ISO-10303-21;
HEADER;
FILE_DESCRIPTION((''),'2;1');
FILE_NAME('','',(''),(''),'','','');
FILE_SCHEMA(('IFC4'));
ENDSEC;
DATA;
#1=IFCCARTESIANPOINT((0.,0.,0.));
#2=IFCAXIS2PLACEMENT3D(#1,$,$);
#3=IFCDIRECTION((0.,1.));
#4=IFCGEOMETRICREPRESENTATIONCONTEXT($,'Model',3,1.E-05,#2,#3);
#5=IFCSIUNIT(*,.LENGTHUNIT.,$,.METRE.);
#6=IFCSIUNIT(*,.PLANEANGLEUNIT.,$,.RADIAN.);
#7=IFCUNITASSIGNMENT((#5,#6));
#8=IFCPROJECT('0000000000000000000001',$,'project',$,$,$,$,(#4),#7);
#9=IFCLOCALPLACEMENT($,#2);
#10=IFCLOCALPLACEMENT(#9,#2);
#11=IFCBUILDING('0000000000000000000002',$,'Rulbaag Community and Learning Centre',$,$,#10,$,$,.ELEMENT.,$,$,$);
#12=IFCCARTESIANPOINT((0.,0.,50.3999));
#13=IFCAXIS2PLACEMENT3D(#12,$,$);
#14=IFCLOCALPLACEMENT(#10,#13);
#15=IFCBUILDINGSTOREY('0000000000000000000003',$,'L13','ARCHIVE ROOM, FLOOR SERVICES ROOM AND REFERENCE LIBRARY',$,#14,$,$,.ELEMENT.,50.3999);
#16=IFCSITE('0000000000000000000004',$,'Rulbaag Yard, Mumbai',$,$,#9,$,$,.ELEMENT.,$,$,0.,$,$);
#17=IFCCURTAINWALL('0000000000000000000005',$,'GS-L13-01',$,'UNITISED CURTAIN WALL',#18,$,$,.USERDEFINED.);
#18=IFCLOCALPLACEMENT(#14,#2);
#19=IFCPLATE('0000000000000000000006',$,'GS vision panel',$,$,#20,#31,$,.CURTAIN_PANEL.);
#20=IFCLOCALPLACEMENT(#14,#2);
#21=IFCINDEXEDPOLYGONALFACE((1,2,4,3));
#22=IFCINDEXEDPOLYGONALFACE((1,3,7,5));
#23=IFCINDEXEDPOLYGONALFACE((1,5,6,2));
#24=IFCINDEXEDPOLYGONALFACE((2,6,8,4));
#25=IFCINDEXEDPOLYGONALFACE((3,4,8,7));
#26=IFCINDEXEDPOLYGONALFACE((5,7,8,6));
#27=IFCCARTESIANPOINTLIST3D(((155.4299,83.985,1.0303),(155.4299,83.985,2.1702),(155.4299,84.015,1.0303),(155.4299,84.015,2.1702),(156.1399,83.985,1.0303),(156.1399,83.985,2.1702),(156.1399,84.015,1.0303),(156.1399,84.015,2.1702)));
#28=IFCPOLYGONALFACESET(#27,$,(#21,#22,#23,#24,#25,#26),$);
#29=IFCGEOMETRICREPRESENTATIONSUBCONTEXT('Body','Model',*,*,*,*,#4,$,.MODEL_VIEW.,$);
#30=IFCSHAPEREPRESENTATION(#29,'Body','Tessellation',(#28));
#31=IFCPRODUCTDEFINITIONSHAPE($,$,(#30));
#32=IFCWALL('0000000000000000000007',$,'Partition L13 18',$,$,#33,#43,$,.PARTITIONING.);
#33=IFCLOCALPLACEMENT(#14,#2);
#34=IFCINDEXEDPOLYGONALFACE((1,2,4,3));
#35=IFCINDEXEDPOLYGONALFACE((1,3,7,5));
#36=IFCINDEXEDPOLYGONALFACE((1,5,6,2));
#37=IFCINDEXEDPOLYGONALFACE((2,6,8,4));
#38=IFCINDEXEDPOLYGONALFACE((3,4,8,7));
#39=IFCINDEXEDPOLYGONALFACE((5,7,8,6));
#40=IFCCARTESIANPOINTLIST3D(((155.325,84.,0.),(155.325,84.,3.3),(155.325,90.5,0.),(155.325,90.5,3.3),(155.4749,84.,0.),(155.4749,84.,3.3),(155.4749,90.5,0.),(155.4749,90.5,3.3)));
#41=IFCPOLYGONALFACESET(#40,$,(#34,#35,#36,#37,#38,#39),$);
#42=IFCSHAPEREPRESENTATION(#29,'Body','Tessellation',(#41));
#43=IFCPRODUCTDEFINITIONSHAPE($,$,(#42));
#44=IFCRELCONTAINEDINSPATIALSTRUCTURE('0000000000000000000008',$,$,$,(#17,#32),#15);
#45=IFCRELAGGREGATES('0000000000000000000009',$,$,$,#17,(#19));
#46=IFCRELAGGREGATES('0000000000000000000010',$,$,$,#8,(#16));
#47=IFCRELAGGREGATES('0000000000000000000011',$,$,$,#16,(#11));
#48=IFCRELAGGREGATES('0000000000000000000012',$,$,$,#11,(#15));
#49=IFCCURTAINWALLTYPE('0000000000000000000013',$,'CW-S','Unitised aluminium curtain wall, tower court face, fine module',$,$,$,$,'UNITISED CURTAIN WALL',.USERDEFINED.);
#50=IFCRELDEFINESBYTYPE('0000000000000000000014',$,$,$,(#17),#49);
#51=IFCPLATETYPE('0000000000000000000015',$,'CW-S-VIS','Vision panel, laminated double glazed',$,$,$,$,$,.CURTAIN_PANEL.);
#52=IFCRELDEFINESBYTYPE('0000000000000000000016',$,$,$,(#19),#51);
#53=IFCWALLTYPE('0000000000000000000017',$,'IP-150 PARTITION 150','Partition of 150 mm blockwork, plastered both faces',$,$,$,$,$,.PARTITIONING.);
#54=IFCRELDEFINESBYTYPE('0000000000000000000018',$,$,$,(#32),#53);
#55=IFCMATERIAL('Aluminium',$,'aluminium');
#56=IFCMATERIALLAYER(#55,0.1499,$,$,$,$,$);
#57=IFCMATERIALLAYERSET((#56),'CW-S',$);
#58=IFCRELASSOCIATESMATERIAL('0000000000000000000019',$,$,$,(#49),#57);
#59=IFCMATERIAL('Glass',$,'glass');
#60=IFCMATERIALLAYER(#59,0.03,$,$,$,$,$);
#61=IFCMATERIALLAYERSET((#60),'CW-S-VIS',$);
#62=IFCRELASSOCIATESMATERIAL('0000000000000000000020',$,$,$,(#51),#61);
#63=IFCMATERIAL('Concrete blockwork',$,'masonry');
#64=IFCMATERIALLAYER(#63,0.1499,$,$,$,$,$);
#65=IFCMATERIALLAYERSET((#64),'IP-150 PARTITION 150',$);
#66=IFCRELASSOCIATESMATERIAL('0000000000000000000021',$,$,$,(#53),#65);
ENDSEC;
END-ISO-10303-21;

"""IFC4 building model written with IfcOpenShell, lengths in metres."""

from ifc_helpers import new_model, si_unit, direction, frame, frame_2d, origin, origin_2d, place, context, subcontext, project, spatial, rectangle, extrude, material, layer, layer_set, type_object, element, aggregate, save


model = new_model("IFC4")

# Units and contexts
model_context = context("Model", 3, precision=1e-05, world=origin(), true_north=direction((0.0, 1.0)))
body_context = subcontext(model_context, "Body", "Model", "MODEL_VIEW")
ifc_project = project(units=[si_unit("LENGTHUNIT", "METRE"), si_unit("PLANEANGLEUNIT", "RADIAN")], contexts=[model_context])

# Site, building, storey
site_placement = place(None, origin())
site = spatial("IfcSite", under=ifc_project, at=site_placement, Name="Rulbaag Yard, Mumbai", CompositionType="ELEMENT", RefElevation=0.0)
building_placement = place(site_placement, origin())
building = spatial("IfcBuilding", under=site, at=building_placement, Name="Rulbaag Community and Learning Centre", CompositionType="ELEMENT")
storey_placement = place(building_placement, frame((0.0, 0.0, 50.3999)))
storey = spatial("IfcBuildingStorey", under=building, at=storey_placement, Name="L13", Description="ARCHIVE ROOM, FLOOR SERVICES ROOM AND REFERENCE LIBRARY", CompositionType="ELEMENT", Elevation=50.3999)

# Curtain wall, plate
ifc_material_1 = material(Name="Aluminium", Category="aluminium")
ifc_layer_1 = layer(ifc_material_1, 0.1499)
ifc_layer_set_1 = layer_set([ifc_layer_1], Name="CW-S")
curtain_wall_type = type_object("IfcCurtainWallType", Name="CW-S", Description="Unitised aluminium curtain wall, tower court face, fine module", ElementType="UNITISED CURTAIN WALL", PredefinedType="USERDEFINED", material=ifc_layer_set_1)
curtain_wall_placement = place(storey_placement, origin())
curtain_wall = element("IfcCurtainWall", 1, at=curtain_wall_placement, inside=storey, type_object=curtain_wall_type, Name="GS-L13-01", ObjectType="UNITISED CURTAIN WALL", PredefinedType="USERDEFINED")
ifc_material_2 = material(Name="Glass", Category="glass")
ifc_layer_2 = layer(ifc_material_2, 0.03)
ifc_layer_set_2 = layer_set([ifc_layer_2], Name="CW-S-VIS")
plate_type_1 = type_object("IfcPlateType", Name="CW-S-VIS", Description="Vision panel, laminated double glazed", PredefinedType="CURTAIN_PANEL", material=ifc_layer_set_2)
plate_1_placement = place(storey_placement, frame((155.7849, 84.0, 1.0303), z_axis=(0.0, 0.0, 1.0), x_axis=(1.0, 0.0, 0.0)))
plate_1 = element("IfcPlate", 2, at=plate_1_placement, type_object=plate_type_1, Name="GS vision panel", PredefinedType="CURTAIN_PANEL", context=body_context, shape_type="SweptSolid", body=[
    extrude(rectangle(XDim=0.71, YDim=0.03, at=origin_2d()), origin(), (0.0, 0.0, 1.0), 1.1399),
])
aggregate(curtain_wall, [plate_1])

# Wall
ifc_material_3 = material(Name="Concrete blockwork", Category="masonry")
ifc_layer_3 = layer(ifc_material_3, 0.1499)
ifc_layer_set_3 = layer_set([ifc_layer_3], Name="IP-150 PARTITION 150")
wall_type = type_object("IfcWallType", Name="IP-150 PARTITION 150", Description="Partition of 150 mm blockwork, plastered both faces", PredefinedType="PARTITIONING", material=ifc_layer_set_3)
wall_placement = place(storey_placement, frame((155.3999, 84.0, 0.0), z_axis=(0.0, 0.0, 1.0), x_axis=(0.0, 1.0, 0.0)))
element("IfcWall", 3, at=wall_placement, inside=storey, type_object=wall_type, Name="Partition L13 18", PredefinedType="PARTITIONING", context=body_context, shape_type="SweptSolid", body=[
    extrude(rectangle(XDim=6.5, YDim=0.1499, at=frame_2d((3.25, 0.0))), origin(), (0.0, 0.0, 1.0), 3.3),
])

save(model, "model.ifc")
